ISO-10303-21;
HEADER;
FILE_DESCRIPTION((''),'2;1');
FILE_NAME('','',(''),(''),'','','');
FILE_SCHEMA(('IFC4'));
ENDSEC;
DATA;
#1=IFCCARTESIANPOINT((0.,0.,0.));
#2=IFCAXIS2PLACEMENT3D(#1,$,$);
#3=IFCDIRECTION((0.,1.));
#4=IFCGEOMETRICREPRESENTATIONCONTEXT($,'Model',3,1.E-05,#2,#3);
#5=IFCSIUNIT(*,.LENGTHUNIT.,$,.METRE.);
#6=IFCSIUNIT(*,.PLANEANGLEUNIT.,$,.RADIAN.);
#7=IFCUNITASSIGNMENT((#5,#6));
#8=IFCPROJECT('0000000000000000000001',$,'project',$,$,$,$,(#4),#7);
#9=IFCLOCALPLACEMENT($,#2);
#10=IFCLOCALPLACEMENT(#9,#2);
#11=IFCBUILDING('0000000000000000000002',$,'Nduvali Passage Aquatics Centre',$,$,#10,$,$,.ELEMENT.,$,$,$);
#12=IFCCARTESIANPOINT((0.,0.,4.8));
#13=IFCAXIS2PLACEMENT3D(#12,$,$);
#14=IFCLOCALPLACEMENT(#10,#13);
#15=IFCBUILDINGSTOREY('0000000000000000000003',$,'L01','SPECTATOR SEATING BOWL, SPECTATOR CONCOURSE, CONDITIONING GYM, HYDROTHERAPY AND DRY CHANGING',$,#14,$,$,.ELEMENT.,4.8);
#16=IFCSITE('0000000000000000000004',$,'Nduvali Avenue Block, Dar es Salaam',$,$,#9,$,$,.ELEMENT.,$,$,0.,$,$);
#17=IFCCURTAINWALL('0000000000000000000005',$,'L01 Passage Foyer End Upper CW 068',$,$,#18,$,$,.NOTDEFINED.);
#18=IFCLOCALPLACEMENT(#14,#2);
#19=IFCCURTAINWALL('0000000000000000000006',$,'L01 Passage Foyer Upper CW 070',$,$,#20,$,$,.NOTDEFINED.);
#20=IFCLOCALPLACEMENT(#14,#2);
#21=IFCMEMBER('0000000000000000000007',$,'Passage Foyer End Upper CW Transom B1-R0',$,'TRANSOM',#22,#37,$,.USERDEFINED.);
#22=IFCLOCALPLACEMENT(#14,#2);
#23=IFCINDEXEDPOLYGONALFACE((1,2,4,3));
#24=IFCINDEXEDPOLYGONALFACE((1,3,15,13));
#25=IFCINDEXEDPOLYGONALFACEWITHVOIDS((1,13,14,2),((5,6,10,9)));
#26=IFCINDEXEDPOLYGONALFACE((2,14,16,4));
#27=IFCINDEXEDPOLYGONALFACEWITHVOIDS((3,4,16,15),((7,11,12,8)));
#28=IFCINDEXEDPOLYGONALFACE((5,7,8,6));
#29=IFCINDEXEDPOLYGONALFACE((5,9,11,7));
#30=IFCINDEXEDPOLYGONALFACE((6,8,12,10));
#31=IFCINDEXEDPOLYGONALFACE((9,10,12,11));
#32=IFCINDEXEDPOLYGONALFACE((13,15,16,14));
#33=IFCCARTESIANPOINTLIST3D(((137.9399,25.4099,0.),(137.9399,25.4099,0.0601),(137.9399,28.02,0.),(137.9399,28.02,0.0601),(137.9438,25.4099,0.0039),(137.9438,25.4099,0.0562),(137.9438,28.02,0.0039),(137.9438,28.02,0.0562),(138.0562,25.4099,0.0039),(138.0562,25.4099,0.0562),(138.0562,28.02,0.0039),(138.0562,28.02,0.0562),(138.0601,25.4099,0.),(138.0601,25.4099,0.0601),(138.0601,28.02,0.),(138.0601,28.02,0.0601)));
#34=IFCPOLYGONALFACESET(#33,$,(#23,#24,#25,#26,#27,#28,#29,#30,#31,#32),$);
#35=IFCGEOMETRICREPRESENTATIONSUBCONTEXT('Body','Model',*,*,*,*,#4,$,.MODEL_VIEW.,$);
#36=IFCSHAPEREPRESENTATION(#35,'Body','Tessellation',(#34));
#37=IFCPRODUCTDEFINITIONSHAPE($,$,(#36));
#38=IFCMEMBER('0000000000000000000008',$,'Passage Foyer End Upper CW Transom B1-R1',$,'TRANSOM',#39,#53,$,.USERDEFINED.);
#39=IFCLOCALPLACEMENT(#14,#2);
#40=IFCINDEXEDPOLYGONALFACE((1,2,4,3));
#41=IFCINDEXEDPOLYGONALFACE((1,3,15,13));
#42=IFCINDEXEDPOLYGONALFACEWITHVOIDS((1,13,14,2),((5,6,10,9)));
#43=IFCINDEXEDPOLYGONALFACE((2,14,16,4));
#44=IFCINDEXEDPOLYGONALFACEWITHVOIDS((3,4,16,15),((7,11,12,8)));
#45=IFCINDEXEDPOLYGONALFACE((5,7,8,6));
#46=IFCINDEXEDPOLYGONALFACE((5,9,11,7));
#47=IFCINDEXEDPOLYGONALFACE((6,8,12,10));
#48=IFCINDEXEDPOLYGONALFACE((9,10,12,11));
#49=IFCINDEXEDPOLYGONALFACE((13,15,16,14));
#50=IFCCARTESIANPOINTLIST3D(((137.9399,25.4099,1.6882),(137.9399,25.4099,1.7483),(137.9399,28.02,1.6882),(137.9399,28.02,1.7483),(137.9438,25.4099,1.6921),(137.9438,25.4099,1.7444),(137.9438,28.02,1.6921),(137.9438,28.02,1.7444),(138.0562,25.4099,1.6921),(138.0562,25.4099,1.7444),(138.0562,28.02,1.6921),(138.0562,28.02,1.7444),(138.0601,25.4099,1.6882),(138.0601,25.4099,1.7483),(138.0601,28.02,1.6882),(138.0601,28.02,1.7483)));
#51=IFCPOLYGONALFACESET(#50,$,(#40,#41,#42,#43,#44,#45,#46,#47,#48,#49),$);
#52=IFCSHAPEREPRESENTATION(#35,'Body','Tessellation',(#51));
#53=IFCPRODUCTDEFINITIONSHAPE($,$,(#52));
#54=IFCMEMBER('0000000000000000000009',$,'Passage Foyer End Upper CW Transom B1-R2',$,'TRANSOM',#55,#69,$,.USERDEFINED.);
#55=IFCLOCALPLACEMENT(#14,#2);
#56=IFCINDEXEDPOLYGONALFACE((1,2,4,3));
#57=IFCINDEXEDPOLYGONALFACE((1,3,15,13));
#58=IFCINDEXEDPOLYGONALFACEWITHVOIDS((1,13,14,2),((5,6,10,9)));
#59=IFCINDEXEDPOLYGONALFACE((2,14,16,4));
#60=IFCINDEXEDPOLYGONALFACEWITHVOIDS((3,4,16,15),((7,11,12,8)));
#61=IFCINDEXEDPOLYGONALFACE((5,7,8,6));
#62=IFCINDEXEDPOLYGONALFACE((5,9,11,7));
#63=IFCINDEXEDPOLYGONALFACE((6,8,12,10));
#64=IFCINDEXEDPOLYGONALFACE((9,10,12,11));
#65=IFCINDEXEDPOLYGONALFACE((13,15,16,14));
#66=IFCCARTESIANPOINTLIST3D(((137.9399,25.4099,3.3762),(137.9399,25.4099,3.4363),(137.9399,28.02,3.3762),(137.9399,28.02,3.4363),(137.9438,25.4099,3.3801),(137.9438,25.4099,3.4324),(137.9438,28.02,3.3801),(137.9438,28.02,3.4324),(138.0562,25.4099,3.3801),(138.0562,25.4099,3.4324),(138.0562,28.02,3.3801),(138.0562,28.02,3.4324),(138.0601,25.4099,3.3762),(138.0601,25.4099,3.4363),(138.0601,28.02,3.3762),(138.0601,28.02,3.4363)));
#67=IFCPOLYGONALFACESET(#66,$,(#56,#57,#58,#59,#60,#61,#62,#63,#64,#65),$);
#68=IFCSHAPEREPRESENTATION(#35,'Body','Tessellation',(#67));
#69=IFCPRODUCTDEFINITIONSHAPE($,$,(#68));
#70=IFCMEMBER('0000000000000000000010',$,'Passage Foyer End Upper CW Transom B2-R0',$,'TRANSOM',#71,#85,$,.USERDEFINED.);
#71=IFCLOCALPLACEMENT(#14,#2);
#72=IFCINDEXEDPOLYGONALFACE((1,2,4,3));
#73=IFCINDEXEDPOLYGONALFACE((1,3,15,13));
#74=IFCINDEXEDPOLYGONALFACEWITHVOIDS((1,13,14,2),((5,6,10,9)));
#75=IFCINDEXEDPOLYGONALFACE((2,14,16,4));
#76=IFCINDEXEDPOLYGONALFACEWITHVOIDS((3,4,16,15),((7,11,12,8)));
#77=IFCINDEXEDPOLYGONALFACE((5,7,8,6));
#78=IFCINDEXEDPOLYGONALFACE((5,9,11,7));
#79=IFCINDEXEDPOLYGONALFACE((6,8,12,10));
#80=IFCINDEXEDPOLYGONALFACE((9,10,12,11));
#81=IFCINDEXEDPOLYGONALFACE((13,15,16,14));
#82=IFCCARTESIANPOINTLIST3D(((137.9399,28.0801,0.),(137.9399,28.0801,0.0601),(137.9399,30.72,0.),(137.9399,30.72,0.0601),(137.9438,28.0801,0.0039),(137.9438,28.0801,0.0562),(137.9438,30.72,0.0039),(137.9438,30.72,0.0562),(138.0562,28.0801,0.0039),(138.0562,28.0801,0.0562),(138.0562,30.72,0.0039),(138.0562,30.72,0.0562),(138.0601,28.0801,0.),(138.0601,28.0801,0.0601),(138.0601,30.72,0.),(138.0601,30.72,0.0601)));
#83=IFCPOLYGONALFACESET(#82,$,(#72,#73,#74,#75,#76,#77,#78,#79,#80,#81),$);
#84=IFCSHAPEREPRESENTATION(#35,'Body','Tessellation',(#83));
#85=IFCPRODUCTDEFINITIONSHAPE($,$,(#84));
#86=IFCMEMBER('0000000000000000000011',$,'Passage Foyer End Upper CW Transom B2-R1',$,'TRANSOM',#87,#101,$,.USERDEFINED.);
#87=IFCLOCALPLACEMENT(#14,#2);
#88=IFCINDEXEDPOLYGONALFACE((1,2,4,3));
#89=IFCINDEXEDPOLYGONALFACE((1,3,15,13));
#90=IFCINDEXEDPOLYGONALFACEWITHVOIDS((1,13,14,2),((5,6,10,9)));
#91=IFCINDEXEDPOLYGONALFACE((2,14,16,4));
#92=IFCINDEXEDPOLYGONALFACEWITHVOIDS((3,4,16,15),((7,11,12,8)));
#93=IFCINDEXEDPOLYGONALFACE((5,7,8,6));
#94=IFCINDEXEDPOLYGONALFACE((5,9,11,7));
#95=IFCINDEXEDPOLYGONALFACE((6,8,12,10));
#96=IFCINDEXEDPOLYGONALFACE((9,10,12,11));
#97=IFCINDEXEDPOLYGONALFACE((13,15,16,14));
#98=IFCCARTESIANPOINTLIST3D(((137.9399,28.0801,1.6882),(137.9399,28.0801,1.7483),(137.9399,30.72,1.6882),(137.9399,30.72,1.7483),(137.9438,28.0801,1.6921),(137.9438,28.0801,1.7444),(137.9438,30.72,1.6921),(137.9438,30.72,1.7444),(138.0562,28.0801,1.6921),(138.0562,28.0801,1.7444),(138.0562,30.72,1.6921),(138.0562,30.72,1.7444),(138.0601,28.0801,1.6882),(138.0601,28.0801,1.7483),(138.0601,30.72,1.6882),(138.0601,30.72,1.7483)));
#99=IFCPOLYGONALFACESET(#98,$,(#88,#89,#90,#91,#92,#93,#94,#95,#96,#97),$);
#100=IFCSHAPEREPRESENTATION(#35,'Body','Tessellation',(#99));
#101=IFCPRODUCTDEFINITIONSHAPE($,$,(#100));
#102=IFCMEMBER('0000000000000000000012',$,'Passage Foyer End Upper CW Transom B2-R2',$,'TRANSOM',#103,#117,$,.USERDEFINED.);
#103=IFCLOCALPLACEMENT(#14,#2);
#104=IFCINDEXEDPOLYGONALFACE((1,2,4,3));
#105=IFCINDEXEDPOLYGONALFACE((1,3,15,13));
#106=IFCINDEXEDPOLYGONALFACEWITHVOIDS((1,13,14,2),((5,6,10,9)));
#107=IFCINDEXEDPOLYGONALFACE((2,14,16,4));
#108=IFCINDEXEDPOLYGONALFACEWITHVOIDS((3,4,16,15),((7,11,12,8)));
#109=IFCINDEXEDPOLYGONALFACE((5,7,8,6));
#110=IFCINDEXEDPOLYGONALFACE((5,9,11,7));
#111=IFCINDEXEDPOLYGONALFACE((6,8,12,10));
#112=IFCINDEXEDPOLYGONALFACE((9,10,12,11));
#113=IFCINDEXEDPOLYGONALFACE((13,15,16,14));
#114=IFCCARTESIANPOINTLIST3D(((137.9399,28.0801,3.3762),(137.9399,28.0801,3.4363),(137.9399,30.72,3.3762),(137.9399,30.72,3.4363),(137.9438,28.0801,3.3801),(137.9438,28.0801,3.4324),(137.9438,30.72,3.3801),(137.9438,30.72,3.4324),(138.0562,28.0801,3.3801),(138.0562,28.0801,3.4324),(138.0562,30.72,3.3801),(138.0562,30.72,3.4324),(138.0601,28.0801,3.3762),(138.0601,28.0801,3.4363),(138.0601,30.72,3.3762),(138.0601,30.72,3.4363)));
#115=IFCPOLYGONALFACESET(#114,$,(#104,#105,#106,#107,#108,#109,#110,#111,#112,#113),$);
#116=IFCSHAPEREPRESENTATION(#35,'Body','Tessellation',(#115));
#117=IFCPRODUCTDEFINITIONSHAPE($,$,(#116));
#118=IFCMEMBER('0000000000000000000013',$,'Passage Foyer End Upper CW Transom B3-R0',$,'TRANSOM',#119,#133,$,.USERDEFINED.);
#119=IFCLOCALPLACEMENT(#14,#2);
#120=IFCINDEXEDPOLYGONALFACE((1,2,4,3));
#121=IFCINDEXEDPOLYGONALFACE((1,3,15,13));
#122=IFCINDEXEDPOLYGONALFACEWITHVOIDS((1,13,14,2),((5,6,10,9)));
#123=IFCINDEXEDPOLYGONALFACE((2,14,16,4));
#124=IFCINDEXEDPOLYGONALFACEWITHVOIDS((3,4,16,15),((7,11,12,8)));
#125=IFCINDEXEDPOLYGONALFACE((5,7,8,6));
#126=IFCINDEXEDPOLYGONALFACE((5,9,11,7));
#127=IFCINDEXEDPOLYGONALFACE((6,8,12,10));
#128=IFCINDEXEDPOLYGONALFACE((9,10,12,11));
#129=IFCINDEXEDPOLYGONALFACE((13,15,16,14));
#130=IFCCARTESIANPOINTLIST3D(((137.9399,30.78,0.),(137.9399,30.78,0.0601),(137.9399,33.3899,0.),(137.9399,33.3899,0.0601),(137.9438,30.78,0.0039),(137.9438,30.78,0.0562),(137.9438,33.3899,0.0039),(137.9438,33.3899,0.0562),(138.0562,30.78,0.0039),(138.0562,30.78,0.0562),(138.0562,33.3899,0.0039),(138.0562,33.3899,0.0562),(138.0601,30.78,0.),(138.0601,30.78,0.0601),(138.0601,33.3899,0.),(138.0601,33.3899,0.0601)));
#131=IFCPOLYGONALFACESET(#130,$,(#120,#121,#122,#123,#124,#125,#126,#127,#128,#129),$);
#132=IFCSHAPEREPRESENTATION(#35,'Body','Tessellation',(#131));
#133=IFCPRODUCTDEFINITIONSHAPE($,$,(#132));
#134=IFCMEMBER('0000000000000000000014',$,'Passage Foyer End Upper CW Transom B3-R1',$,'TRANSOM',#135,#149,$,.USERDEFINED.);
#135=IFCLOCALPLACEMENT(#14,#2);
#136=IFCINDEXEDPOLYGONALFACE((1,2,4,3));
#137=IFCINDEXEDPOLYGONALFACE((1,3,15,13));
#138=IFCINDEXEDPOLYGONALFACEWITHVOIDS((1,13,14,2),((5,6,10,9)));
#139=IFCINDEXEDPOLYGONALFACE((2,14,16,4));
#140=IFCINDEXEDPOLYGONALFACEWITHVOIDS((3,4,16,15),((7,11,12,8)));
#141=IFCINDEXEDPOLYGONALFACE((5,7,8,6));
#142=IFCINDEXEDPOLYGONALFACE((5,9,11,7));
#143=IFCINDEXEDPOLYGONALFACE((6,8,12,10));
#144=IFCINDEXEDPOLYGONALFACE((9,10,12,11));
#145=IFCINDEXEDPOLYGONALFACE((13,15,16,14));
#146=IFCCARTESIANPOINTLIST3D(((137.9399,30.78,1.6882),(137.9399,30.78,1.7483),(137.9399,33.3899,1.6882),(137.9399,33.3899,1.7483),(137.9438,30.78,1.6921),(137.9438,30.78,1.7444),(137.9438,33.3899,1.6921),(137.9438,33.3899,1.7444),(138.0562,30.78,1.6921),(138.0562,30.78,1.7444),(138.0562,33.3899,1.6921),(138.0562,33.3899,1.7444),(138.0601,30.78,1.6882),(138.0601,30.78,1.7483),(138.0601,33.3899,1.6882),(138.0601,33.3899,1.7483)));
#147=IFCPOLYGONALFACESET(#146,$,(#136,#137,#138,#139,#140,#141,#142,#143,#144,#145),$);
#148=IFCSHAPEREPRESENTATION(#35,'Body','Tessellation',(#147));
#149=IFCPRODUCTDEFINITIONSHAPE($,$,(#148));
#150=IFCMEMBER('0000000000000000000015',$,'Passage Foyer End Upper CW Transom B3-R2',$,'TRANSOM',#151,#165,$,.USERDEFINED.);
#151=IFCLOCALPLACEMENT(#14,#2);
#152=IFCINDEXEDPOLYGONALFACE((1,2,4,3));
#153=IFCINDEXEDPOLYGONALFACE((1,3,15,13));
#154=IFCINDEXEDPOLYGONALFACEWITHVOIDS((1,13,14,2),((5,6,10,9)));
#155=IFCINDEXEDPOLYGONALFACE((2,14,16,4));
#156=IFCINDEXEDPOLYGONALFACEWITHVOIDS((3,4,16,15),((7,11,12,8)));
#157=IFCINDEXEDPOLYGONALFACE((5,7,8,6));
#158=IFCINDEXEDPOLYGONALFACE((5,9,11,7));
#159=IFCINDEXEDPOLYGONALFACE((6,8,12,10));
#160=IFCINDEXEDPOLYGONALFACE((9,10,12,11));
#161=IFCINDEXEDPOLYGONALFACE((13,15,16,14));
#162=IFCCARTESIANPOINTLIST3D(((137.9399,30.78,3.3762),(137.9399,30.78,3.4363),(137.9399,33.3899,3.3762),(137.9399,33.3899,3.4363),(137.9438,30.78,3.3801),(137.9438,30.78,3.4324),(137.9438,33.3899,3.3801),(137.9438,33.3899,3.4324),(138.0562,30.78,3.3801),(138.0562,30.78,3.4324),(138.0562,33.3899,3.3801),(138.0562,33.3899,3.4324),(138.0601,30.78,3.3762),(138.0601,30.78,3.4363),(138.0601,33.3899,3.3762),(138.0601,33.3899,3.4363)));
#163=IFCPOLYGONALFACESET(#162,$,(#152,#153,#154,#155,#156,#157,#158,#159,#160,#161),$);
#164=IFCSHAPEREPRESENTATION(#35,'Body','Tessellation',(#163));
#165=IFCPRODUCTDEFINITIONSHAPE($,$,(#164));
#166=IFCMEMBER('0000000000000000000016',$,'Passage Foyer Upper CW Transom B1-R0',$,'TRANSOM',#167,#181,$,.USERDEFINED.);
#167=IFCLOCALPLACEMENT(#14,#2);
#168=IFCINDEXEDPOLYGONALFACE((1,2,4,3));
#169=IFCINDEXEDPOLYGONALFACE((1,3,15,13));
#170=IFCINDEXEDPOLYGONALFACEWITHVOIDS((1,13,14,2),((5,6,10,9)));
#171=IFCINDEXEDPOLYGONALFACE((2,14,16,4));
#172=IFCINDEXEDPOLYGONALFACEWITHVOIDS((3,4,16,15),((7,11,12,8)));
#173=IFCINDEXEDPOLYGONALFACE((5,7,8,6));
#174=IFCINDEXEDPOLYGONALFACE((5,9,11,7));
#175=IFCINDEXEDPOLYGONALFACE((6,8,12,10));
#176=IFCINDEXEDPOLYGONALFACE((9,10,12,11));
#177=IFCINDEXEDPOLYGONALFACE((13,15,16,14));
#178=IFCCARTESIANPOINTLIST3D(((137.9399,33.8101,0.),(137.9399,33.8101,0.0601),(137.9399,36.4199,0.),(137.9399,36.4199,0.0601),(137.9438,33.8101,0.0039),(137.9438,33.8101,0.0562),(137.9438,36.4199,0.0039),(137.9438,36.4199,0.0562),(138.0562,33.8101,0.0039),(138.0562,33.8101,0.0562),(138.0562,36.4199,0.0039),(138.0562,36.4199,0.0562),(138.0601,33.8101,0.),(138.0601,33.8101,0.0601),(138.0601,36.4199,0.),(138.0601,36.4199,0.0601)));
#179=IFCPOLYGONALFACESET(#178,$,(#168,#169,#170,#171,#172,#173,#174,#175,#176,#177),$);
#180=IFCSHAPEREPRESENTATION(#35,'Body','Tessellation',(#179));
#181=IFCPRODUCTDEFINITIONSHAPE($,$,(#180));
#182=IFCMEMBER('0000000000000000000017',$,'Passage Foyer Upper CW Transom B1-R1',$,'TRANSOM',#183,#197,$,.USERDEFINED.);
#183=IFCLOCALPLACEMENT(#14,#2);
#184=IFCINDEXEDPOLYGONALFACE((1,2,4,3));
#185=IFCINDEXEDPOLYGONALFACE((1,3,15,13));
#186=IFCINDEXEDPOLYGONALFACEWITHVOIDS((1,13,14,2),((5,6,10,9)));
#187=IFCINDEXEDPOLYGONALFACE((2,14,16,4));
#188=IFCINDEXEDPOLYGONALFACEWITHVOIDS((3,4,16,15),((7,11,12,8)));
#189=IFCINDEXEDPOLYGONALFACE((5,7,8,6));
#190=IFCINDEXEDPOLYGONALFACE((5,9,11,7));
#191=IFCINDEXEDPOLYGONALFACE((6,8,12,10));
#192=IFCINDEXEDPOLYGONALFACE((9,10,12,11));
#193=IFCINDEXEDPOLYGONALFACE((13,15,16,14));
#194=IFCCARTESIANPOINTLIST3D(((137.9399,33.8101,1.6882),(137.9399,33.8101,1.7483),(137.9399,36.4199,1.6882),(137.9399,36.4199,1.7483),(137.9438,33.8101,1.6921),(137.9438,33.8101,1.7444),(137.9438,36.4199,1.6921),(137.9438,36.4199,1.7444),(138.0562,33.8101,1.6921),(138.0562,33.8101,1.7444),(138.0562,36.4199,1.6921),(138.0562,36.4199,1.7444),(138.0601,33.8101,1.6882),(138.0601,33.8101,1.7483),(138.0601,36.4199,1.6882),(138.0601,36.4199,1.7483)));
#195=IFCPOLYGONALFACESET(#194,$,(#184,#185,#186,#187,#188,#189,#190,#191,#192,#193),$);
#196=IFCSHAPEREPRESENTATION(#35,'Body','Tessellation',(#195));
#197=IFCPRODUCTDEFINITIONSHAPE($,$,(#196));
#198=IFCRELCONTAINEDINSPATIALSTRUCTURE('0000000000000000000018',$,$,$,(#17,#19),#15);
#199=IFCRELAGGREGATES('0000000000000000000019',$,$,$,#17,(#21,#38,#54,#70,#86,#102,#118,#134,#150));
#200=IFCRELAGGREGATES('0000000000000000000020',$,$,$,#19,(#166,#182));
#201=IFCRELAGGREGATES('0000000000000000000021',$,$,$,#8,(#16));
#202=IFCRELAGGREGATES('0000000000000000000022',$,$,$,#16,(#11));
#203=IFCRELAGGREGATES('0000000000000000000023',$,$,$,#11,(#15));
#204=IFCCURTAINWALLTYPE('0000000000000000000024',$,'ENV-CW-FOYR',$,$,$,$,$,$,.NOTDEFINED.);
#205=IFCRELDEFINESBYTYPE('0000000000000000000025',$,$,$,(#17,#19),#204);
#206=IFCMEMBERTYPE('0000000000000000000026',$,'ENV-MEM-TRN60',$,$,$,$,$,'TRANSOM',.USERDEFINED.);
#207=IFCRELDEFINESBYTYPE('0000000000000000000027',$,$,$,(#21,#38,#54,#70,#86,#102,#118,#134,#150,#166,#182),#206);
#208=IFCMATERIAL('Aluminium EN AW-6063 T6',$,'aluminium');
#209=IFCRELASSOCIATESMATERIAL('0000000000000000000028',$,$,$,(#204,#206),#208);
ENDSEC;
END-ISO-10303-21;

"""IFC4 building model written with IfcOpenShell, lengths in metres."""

from ifc_helpers import new_model, si_unit, direction, frame, origin, origin_2d, place, context, subcontext, project, spatial, hollow_rectangle, extrude, material, material_profile, profile_set, type_object, element, aggregate, save


model = new_model("IFC4")

# Units and contexts
model_context = context("Model", 3, precision=1e-05, world=origin(), true_north=direction((0.0, 1.0)))
body_context = subcontext(model_context, "Body", "Model", "MODEL_VIEW")
ifc_project = project(units=[si_unit("LENGTHUNIT", "METRE"), si_unit("PLANEANGLEUNIT", "RADIAN")], contexts=[model_context])

# Site, building, storey
site_placement = place(None, origin())
site = spatial("IfcSite", under=ifc_project, at=site_placement, Name="Nduvali Avenue Block, Dar es Salaam", CompositionType="ELEMENT", RefElevation=0.0)
building_placement = place(site_placement, origin())
building = spatial("IfcBuilding", under=site, at=building_placement, Name="Nduvali Passage Aquatics Centre", CompositionType="ELEMENT")
storey_placement = place(building_placement, frame((0.0, 0.0, 4.8)))
storey = spatial("IfcBuildingStorey", under=building, at=storey_placement, Name="L01", Description="SPECTATOR SEATING BOWL, SPECTATOR CONCOURSE, CONDITIONING GYM, HYDROTHERAPY AND DRY CHANGING", CompositionType="ELEMENT", Elevation=4.8)

# Curtain walls
ifc_material_1 = material(Name="Aluminium EN AW-6063 T6", Category="aluminium")
curtain_wall_type = type_object("IfcCurtainWallType", Name="ENV-CW-FOYR", PredefinedType="NOTDEFINED", material=ifc_material_1)
curtain_wall_1_placement = place(storey_placement, origin())
curtain_wall_1 = element("IfcCurtainWall", 1, at=curtain_wall_1_placement, inside=storey, type_object=curtain_wall_type, Name="L01 Passage Foyer End Upper CW 068", PredefinedType="NOTDEFINED")
curtain_wall_2_placement = place(storey_placement, origin())
curtain_wall_2 = element("IfcCurtainWall", 2, at=curtain_wall_2_placement, inside=storey, type_object=curtain_wall_type, Name="L01 Passage Foyer Upper CW 070", PredefinedType="NOTDEFINED")

# Members
ifc_material_profile_1 = material_profile(ifc_material_1, hollow_rectangle(XDim=0.1201, YDim=0.0601, WallThickness=0.0039, at=origin_2d()), Name="ALU TRANSOM 120x60x4")
ifc_profile_set_1 = profile_set([ifc_material_profile_1], Name="Aluminium EN AW-6063 T6")
member_type_1 = type_object("IfcMemberType", Name="ENV-MEM-TRN60", ElementType="TRANSOM", PredefinedType="USERDEFINED", material=ifc_profile_set_1)
member_1_placement = place(storey_placement, frame((138.0, 25.4099, 0.03), z_axis=(0.0, 1.0, 0.0), x_axis=(-1.0, 0.0, 0.0)))
member_1 = element("IfcMember", 3, at=member_1_placement, type_object=member_type_1, Name="Passage Foyer End Upper CW Transom B1-R0", ObjectType="TRANSOM", PredefinedType="USERDEFINED", context=body_context, shape_type="SweptSolid", body=[
    extrude(hollow_rectangle(XDim=0.1201, YDim=0.0601, WallThickness=0.0039, at=origin_2d()), origin(), (0.0, 0.0, 1.0), 2.6101),
])
member_2_placement = place(storey_placement, frame((138.0, 25.4099, 1.7183), z_axis=(0.0, 1.0, 0.0), x_axis=(-1.0, 0.0, 0.0)))
member_2 = element("IfcMember", 4, at=member_2_placement, type_object=member_type_1, Name="Passage Foyer End Upper CW Transom B1-R1", ObjectType="TRANSOM", PredefinedType="USERDEFINED", context=body_context, shape_type="SweptSolid", body=[
    extrude(hollow_rectangle(XDim=0.1201, YDim=0.0601, WallThickness=0.0039, at=origin_2d()), origin(), (0.0, 0.0, 1.0), 2.6101),
])
member_3_placement = place(storey_placement, frame((138.0, 25.4099, 3.4062), z_axis=(0.0, 1.0, 0.0), x_axis=(-1.0, 0.0, 0.0)))
member_3 = element("IfcMember", 5, at=member_3_placement, type_object=member_type_1, Name="Passage Foyer End Upper CW Transom B1-R2", ObjectType="TRANSOM", PredefinedType="USERDEFINED", context=body_context, shape_type="SweptSolid", body=[
    extrude(hollow_rectangle(XDim=0.1201, YDim=0.0601, WallThickness=0.0039, at=origin_2d()), origin(), (0.0, 0.0, 1.0), 2.6101),
])
member_4_placement = place(storey_placement, frame((138.0, 28.0801, 0.03), z_axis=(0.0, 1.0, 0.0), x_axis=(-1.0, 0.0, 0.0)))
member_4 = element("IfcMember", 6, at=member_4_placement, type_object=member_type_1, Name="Passage Foyer End Upper CW Transom B2-R0", ObjectType="TRANSOM", PredefinedType="USERDEFINED", context=body_context, shape_type="SweptSolid", body=[
    extrude(hollow_rectangle(XDim=0.1201, YDim=0.0601, WallThickness=0.0039, at=origin_2d()), origin(), (0.0, 0.0, 1.0), 2.6399),
])
member_5_placement = place(storey_placement, frame((138.0, 28.0801, 1.7183), z_axis=(0.0, 1.0, 0.0), x_axis=(-1.0, 0.0, 0.0)))
member_5 = element("IfcMember", 7, at=member_5_placement, type_object=member_type_1, Name="Passage Foyer End Upper CW Transom B2-R1", ObjectType="TRANSOM", PredefinedType="USERDEFINED", context=body_context, shape_type="SweptSolid", body=[
    extrude(hollow_rectangle(XDim=0.1201, YDim=0.0601, WallThickness=0.0039, at=origin_2d()), origin(), (0.0, 0.0, 1.0), 2.6399),
])
member_6_placement = place(storey_placement, frame((138.0, 28.0801, 3.4062), z_axis=(0.0, 1.0, 0.0), x_axis=(-1.0, 0.0, 0.0)))
member_6 = element("IfcMember", 8, at=member_6_placement, type_object=member_type_1, Name="Passage Foyer End Upper CW Transom B2-R2", ObjectType="TRANSOM", PredefinedType="USERDEFINED", context=body_context, shape_type="SweptSolid", body=[
    extrude(hollow_rectangle(XDim=0.1201, YDim=0.0601, WallThickness=0.0039, at=origin_2d()), origin(), (0.0, 0.0, 1.0), 2.6399),
])
member_7_placement = place(storey_placement, frame((138.0, 30.78, 0.03), z_axis=(0.0, 1.0, 0.0), x_axis=(-1.0, 0.0, 0.0)))
member_7 = element("IfcMember", 9, at=member_7_placement, type_object=member_type_1, Name="Passage Foyer End Upper CW Transom B3-R0", ObjectType="TRANSOM", PredefinedType="USERDEFINED", context=body_context, shape_type="SweptSolid", body=[
    extrude(hollow_rectangle(XDim=0.1201, YDim=0.0601, WallThickness=0.0039, at=origin_2d()), origin(), (0.0, 0.0, 1.0), 2.6099),
])
member_8_placement = place(storey_placement, frame((138.0, 30.78, 1.7183), z_axis=(0.0, 1.0, 0.0), x_axis=(-1.0, 0.0, 0.0)))
member_8 = element("IfcMember", 10, at=member_8_placement, type_object=member_type_1, Name="Passage Foyer End Upper CW Transom B3-R1", ObjectType="TRANSOM", PredefinedType="USERDEFINED", context=body_context, shape_type="SweptSolid", body=[
    extrude(hollow_rectangle(XDim=0.1201, YDim=0.0601, WallThickness=0.0039, at=origin_2d()), origin(), (0.0, 0.0, 1.0), 2.6099),
])
member_9_placement = place(storey_placement, frame((138.0, 30.78, 3.4062), z_axis=(0.0, 1.0, 0.0), x_axis=(-1.0, 0.0, 0.0)))
member_9 = element("IfcMember", 11, at=member_9_placement, type_object=member_type_1, Name="Passage Foyer End Upper CW Transom B3-R2", ObjectType="TRANSOM", PredefinedType="USERDEFINED", context=body_context, shape_type="SweptSolid", body=[
    extrude(hollow_rectangle(XDim=0.1201, YDim=0.0601, WallThickness=0.0039, at=origin_2d()), origin(), (0.0, 0.0, 1.0), 2.6099),
])
member_10_placement = place(storey_placement, frame((138.0, 33.8101, 0.03), z_axis=(0.0, 1.0, 0.0), x_axis=(-1.0, 0.0, 0.0)))
member_10 = element("IfcMember", 12, at=member_10_placement, type_object=member_type_1, Name="Passage Foyer Upper CW Transom B1-R0", ObjectType="TRANSOM", PredefinedType="USERDEFINED", context=body_context, shape_type="SweptSolid", body=[
    extrude(hollow_rectangle(XDim=0.1201, YDim=0.0601, WallThickness=0.0039, at=origin_2d()), origin(), (0.0, 0.0, 1.0), 2.6099),
])
member_11_placement = place(storey_placement, frame((138.0, 33.8101, 1.7183), z_axis=(0.0, 1.0, 0.0), x_axis=(-1.0, 0.0, 0.0)))
member_11 = element("IfcMember", 13, at=member_11_placement, type_object=member_type_1, Name="Passage Foyer Upper CW Transom B1-R1", ObjectType="TRANSOM", PredefinedType="USERDEFINED", context=body_context, shape_type="SweptSolid", body=[
    extrude(hollow_rectangle(XDim=0.1201, YDim=0.0601, WallThickness=0.0039, at=origin_2d()), origin(), (0.0, 0.0, 1.0), 2.6099),
])

aggregate(curtain_wall_1, [member_1, member_2, member_3, member_4, member_5, member_6, member_7, member_8, member_9])
aggregate(curtain_wall_2, [member_10, member_11])

save(model, "model.ifc")
